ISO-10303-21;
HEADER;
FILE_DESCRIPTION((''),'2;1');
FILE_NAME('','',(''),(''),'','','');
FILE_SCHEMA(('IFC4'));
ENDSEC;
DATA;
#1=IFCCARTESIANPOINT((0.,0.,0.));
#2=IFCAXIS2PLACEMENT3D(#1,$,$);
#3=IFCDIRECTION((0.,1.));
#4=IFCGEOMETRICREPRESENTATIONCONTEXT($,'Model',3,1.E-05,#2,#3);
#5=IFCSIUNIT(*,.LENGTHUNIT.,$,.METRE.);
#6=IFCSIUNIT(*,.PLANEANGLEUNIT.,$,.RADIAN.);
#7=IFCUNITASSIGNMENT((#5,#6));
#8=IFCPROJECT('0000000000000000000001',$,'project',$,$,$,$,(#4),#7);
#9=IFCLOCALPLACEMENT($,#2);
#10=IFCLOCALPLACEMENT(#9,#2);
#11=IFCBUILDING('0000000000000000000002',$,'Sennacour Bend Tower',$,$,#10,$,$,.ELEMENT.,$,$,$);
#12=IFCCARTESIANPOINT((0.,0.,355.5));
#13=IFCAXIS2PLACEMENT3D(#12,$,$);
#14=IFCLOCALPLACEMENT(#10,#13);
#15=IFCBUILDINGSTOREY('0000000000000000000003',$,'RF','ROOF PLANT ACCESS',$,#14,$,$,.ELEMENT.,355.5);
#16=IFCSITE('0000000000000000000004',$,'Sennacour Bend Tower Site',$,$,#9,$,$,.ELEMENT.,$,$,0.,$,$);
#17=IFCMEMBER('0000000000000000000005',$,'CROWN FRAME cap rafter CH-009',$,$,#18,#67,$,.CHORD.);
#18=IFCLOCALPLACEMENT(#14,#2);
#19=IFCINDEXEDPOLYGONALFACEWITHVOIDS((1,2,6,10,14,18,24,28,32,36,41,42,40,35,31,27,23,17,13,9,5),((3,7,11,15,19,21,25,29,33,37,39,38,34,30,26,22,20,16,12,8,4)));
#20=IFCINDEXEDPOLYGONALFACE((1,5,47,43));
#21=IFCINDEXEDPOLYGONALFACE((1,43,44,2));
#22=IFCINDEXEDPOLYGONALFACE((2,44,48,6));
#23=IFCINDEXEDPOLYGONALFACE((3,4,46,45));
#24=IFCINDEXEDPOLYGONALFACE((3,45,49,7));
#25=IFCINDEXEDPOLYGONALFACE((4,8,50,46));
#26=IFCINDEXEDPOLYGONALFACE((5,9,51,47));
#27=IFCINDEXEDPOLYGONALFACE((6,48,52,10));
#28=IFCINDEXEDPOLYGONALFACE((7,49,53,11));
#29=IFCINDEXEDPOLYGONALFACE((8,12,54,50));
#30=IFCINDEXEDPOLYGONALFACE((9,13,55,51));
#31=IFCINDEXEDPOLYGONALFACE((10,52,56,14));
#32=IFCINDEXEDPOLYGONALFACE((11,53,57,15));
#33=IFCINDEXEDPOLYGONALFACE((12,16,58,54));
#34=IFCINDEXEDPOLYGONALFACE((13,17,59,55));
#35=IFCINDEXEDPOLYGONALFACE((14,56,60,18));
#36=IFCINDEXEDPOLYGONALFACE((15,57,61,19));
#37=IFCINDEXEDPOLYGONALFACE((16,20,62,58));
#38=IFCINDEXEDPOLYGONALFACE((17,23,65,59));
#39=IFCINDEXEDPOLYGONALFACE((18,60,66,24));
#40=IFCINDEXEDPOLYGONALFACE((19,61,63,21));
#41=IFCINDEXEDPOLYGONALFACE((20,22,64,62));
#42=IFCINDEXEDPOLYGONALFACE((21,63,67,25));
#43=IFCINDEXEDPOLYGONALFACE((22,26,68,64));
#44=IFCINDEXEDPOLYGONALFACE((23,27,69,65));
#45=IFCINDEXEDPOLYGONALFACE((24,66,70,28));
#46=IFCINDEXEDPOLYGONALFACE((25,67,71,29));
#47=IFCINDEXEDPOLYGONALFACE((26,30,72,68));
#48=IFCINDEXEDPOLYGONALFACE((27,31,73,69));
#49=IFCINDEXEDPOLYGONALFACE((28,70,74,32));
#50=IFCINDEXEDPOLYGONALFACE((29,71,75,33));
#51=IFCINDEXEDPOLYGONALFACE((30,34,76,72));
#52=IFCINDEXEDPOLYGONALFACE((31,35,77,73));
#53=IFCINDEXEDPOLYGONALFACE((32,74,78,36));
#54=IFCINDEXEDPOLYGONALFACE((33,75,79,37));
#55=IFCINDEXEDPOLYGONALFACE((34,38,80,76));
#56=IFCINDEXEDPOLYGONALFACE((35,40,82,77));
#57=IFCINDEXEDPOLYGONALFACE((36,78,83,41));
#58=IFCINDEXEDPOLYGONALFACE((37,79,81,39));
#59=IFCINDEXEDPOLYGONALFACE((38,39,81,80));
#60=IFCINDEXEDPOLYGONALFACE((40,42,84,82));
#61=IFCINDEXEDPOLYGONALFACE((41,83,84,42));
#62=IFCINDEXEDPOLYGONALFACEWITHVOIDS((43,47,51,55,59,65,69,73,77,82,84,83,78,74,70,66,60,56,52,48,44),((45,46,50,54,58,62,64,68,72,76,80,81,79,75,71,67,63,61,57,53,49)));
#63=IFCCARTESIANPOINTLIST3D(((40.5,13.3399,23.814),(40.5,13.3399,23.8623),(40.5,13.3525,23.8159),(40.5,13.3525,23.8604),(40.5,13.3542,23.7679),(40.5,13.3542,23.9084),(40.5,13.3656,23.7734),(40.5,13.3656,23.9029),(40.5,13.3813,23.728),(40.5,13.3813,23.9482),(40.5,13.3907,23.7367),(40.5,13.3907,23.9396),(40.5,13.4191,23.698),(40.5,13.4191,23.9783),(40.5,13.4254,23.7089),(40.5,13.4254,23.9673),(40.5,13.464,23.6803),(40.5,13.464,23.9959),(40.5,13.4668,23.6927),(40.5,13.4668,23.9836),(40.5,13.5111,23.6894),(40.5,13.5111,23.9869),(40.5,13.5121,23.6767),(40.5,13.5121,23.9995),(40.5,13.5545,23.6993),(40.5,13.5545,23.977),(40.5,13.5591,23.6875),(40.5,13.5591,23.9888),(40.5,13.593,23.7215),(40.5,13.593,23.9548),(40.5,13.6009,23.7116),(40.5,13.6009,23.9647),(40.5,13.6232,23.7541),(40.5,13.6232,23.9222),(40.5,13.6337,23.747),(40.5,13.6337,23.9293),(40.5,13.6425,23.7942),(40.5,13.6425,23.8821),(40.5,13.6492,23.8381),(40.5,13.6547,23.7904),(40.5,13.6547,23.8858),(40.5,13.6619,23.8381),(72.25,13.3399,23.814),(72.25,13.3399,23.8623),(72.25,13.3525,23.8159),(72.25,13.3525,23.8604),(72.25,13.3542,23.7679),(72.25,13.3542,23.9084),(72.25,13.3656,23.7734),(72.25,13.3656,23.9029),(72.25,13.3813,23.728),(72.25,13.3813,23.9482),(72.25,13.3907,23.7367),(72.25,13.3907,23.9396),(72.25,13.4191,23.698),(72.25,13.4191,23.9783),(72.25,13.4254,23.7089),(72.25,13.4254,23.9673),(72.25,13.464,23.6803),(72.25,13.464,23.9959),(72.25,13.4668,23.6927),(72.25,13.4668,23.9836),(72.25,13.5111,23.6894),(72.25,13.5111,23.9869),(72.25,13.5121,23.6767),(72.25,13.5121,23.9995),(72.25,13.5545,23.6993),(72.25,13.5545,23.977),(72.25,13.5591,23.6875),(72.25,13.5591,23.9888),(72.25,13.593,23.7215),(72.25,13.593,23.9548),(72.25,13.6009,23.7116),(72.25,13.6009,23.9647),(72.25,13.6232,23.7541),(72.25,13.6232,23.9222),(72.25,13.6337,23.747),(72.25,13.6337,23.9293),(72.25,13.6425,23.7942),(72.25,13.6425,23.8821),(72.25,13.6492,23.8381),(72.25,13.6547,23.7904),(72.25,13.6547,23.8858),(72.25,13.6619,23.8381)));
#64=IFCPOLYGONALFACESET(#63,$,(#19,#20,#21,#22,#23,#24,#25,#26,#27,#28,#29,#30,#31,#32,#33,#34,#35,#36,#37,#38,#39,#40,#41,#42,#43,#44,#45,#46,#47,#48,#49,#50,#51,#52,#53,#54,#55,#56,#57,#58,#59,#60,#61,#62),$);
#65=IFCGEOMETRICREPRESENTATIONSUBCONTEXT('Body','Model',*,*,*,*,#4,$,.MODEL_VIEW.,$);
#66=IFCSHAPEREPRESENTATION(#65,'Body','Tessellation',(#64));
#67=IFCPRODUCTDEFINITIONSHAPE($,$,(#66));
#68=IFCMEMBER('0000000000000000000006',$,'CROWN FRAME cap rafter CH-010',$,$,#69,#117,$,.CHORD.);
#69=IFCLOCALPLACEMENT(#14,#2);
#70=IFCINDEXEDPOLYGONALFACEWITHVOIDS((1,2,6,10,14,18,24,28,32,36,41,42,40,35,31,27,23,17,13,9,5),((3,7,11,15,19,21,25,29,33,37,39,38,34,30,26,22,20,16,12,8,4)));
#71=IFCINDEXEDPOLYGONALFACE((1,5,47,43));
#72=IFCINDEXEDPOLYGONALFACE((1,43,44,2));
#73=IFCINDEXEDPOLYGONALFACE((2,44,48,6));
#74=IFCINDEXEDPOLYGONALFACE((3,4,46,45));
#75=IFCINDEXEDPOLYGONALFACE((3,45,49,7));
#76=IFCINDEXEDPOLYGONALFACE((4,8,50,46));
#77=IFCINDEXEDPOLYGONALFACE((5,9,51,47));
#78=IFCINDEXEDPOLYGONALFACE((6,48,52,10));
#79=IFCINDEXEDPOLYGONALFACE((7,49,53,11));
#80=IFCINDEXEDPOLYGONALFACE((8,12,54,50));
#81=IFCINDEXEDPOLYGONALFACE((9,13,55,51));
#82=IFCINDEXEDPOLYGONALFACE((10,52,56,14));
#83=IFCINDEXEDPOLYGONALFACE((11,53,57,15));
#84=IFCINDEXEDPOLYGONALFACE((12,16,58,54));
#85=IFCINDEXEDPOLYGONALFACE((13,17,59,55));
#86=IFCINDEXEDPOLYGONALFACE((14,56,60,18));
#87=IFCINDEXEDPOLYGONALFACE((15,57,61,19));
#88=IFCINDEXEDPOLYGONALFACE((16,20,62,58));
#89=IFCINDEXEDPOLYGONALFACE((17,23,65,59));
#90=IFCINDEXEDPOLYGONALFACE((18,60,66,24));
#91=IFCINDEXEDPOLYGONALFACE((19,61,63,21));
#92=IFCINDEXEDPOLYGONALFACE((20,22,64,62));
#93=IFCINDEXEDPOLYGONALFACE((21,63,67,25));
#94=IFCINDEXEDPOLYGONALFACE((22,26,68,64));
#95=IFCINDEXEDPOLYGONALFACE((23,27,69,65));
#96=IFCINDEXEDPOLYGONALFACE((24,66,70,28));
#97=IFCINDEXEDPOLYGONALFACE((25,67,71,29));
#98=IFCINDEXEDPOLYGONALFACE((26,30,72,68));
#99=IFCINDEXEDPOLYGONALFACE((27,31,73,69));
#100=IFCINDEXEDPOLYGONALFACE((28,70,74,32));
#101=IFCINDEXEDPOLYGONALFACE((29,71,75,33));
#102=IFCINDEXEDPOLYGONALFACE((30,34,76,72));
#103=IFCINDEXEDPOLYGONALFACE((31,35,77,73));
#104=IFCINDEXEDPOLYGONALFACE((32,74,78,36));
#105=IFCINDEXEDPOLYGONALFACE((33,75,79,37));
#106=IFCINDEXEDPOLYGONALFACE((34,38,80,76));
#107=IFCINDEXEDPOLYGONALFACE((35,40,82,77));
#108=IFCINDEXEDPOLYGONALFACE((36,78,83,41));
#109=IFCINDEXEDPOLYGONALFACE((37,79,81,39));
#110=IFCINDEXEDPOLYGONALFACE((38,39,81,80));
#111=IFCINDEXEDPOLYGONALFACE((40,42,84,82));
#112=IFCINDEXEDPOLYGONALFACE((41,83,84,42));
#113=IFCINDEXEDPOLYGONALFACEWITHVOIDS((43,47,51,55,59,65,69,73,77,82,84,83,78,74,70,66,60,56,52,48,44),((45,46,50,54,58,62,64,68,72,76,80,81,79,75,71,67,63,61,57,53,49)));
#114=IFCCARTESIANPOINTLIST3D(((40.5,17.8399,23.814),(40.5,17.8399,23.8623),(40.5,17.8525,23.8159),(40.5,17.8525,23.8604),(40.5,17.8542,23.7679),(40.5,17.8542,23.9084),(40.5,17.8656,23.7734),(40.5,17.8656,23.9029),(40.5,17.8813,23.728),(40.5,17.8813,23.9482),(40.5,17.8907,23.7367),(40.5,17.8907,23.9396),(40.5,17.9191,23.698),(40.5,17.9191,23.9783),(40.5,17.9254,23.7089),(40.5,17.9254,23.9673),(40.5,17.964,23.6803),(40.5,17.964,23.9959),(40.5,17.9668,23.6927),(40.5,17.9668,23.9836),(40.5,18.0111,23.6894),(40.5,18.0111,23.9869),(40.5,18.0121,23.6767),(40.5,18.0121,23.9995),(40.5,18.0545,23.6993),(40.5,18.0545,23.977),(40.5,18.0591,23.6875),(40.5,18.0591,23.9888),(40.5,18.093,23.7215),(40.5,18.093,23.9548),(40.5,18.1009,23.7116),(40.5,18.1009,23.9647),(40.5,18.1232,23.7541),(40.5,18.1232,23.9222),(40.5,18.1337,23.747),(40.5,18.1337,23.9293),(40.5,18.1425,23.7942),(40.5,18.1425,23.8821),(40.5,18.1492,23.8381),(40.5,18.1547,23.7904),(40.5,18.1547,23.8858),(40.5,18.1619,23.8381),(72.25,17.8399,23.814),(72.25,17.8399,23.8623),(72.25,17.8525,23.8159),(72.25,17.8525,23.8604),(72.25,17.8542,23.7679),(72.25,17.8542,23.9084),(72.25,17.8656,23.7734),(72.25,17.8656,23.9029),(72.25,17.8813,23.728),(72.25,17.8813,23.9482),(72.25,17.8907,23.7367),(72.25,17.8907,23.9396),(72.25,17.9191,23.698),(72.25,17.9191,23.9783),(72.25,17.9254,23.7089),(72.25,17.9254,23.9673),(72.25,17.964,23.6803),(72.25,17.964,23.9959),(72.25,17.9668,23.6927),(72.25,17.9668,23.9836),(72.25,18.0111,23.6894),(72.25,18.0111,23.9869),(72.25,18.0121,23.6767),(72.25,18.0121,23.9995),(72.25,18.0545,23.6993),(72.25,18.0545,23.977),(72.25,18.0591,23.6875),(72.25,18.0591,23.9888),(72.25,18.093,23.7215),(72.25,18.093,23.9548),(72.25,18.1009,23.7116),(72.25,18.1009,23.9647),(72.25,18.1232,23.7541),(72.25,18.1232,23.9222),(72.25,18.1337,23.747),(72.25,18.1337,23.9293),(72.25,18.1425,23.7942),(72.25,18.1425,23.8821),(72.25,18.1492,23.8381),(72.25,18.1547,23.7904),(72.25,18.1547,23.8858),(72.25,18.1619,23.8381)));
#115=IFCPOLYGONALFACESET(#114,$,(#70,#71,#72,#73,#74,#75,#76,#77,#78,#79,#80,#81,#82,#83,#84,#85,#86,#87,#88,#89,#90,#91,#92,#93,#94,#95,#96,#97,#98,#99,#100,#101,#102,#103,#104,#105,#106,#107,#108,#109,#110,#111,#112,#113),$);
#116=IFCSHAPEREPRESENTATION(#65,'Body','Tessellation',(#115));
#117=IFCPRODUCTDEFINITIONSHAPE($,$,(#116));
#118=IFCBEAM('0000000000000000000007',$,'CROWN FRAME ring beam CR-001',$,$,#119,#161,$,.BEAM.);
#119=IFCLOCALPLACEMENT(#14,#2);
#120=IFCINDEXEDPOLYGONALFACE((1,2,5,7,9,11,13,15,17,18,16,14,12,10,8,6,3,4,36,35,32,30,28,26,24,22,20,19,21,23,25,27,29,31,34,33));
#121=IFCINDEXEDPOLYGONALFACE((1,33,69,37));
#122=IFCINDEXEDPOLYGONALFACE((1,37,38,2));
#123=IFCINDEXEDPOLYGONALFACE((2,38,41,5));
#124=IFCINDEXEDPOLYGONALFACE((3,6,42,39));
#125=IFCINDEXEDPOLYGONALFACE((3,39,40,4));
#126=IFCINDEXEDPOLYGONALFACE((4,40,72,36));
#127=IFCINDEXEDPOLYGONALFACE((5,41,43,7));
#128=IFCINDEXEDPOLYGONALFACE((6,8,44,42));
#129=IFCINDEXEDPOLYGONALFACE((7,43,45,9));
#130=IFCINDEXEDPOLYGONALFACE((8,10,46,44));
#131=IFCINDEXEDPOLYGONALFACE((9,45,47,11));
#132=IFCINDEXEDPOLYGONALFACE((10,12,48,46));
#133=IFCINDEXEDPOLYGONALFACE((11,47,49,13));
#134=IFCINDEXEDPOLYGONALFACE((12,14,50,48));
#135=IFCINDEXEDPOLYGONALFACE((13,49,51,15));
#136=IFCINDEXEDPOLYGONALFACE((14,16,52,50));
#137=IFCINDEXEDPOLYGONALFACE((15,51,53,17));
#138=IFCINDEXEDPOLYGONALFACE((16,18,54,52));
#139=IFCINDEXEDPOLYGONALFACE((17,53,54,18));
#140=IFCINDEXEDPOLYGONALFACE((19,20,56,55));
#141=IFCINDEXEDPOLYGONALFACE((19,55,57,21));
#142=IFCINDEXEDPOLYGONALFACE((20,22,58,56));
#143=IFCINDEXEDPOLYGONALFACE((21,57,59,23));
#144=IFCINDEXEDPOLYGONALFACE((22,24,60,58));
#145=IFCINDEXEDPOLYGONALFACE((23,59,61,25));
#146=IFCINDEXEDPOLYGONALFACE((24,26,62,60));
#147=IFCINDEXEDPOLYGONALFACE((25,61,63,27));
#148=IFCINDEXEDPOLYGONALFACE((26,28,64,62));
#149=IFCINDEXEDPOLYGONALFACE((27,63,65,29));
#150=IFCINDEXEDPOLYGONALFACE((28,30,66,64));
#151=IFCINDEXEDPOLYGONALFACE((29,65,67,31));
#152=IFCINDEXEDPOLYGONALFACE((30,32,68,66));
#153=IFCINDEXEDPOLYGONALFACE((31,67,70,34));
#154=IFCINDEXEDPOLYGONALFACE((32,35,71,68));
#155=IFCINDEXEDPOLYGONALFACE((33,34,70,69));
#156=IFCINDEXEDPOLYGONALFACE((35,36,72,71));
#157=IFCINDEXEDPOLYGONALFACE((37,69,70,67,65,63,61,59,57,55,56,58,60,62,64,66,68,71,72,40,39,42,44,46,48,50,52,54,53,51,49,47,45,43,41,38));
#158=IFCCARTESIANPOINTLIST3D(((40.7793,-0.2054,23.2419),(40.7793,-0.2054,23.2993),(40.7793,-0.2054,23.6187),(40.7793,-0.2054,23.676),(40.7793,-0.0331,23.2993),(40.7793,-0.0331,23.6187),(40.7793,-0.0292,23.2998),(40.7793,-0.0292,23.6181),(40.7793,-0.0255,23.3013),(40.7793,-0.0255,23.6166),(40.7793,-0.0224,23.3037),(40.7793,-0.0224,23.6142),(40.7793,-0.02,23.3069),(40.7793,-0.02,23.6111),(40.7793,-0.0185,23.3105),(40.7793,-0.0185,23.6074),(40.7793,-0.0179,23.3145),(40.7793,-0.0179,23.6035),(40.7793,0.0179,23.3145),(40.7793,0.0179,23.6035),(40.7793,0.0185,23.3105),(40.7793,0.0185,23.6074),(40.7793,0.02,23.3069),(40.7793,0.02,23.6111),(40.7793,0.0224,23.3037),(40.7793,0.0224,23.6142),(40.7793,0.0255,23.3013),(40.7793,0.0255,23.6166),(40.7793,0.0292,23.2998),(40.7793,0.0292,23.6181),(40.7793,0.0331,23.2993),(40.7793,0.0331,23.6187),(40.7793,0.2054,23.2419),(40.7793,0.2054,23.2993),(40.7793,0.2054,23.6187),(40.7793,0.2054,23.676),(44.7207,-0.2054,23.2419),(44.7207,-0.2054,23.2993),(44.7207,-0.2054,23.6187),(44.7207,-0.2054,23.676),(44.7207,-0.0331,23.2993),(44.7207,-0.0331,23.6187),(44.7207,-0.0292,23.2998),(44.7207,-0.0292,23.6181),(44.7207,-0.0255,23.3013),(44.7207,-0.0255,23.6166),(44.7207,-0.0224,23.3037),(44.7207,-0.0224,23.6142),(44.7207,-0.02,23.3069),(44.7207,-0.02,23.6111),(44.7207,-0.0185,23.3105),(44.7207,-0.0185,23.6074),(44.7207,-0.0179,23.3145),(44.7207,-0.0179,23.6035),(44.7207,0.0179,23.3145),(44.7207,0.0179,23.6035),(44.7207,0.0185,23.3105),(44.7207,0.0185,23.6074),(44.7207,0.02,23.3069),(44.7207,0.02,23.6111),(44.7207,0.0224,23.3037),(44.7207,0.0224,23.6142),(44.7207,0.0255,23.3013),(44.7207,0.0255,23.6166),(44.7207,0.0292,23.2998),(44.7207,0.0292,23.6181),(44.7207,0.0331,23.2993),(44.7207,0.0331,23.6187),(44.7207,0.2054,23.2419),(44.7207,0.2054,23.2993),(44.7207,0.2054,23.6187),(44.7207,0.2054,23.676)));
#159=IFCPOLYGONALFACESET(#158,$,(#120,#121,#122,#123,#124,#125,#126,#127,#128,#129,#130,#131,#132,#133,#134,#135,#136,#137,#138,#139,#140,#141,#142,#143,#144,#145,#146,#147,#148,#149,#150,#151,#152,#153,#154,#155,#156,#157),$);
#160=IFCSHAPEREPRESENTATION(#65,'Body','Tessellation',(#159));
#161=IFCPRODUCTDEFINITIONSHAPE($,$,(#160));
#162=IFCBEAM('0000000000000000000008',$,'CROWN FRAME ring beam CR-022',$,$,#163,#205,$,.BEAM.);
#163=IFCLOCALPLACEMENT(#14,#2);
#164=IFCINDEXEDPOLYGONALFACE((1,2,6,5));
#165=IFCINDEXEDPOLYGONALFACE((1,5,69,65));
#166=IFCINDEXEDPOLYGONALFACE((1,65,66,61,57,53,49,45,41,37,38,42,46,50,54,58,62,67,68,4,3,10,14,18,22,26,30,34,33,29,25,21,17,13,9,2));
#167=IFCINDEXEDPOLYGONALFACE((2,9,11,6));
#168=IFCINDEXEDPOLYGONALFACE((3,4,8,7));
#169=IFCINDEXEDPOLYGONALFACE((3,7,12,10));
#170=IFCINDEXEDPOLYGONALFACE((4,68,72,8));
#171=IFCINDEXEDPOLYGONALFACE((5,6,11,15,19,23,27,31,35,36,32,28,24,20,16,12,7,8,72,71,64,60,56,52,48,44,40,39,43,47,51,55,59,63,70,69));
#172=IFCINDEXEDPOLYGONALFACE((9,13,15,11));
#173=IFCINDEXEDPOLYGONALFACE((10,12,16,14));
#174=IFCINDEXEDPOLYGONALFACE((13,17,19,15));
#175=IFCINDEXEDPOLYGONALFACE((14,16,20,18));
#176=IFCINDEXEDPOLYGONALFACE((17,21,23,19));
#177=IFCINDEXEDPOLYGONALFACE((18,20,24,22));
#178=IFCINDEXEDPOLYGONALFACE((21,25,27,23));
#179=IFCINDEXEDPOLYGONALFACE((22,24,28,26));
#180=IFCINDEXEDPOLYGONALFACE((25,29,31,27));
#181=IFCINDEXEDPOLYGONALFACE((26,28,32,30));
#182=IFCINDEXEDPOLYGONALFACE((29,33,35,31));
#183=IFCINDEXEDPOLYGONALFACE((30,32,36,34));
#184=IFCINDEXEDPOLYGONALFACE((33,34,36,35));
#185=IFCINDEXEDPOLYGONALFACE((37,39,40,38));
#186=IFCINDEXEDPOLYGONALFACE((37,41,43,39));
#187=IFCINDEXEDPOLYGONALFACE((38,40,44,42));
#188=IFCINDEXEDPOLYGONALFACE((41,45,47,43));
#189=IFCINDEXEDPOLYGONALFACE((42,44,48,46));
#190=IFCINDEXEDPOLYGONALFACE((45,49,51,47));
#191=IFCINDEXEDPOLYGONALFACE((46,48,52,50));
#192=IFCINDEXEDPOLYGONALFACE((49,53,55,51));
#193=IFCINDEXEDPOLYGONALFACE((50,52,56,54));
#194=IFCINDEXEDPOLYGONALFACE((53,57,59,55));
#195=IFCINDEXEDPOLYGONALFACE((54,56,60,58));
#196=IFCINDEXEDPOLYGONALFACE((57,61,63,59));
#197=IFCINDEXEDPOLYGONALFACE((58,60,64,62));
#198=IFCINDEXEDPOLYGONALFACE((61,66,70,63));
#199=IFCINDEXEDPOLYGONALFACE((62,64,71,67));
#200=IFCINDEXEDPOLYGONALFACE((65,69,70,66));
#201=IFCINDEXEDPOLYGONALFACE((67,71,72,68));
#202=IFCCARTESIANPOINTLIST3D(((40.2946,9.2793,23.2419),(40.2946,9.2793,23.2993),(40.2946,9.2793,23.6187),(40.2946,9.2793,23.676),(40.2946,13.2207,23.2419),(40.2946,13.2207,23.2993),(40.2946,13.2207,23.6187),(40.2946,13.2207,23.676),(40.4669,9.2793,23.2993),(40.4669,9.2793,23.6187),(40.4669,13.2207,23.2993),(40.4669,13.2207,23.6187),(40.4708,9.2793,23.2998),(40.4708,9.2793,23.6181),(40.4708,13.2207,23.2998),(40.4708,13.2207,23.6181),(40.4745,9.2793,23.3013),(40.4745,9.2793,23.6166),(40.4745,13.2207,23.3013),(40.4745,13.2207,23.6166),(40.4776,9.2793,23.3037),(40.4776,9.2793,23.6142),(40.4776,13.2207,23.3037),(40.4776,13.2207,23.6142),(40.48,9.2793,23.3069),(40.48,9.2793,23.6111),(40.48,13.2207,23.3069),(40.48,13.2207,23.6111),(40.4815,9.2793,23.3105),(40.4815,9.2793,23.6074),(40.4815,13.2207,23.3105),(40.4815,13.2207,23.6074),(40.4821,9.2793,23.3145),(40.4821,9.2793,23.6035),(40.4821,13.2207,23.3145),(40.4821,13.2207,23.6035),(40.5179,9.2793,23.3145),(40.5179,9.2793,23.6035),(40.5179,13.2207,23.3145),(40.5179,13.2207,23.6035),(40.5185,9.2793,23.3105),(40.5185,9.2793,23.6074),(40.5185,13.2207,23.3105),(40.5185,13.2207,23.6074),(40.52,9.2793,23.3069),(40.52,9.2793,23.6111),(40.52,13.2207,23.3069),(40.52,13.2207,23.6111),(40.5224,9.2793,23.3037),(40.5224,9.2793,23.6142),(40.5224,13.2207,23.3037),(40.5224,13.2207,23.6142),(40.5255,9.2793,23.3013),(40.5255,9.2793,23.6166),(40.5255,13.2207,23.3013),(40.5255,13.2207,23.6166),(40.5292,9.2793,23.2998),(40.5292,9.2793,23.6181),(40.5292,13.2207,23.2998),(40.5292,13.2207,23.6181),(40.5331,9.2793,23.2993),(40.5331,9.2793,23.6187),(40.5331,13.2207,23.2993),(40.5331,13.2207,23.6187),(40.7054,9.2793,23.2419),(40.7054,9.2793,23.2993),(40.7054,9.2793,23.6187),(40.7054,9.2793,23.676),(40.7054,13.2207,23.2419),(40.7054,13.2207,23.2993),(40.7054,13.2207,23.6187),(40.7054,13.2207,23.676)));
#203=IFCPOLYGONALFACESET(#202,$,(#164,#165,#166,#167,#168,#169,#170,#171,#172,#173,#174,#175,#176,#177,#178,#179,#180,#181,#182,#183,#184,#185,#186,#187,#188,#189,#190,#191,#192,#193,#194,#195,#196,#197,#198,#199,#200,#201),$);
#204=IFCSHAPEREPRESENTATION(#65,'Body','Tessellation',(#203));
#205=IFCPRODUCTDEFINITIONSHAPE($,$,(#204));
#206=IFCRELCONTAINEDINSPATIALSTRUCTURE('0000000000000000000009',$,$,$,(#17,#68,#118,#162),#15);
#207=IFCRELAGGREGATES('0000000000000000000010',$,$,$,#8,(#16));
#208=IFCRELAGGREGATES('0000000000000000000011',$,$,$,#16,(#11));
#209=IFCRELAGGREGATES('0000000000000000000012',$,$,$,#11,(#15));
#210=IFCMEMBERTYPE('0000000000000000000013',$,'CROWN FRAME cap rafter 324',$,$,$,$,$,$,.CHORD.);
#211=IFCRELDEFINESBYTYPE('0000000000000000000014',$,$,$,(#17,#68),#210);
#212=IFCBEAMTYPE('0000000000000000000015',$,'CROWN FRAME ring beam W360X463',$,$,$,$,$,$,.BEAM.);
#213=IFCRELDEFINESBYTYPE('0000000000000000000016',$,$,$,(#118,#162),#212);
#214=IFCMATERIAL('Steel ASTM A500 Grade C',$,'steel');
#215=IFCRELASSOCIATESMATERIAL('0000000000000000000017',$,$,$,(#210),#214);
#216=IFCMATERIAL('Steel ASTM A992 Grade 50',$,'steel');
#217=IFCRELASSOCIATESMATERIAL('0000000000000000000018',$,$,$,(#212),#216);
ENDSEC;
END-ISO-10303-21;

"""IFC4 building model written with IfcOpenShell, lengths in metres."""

from ifc_helpers import new_model, si_unit, direction, frame, origin, origin_2d, place, context, subcontext, project, spatial, hollow_circle, i_section, extrude, material, material_profile, profile_set, type_object, element, save


model = new_model("IFC4")

# Units and contexts
model_context = context("Model", 3, precision=1e-05, world=origin(), true_north=direction((0.0, 1.0)))
body_context = subcontext(model_context, "Body", "Model", "MODEL_VIEW")
ifc_project = project(units=[si_unit("LENGTHUNIT", "METRE"), si_unit("PLANEANGLEUNIT", "RADIAN")], contexts=[model_context])

# Site, building, storey
site_placement = place(None, origin())
site = spatial("IfcSite", under=ifc_project, at=site_placement, Name="Sennacour Bend Tower Site", CompositionType="ELEMENT", RefElevation=0.0)
building_placement = place(site_placement, origin())
building = spatial("IfcBuilding", under=site, at=building_placement, Name="Sennacour Bend Tower", CompositionType="ELEMENT")
storey_placement = place(building_placement, frame((0.0, 0.0, 355.5)))
storey = spatial("IfcBuildingStorey", under=building, at=storey_placement, Name="RF", Description="ROOF PLANT ACCESS", CompositionType="ELEMENT", Elevation=355.5)

# Members
ifc_material_1 = material(Name="Steel ASTM A500 Grade C", Category="steel")
ifc_material_profile_1 = material_profile(ifc_material_1, hollow_circle(Radius=0.1619, WallThickness=0.0127, at=origin_2d()), Name="Steel ASTM A500 Grade C", Category="steel")
ifc_profile_set_1 = profile_set([ifc_material_profile_1], Name="Steel ASTM A500 Grade C")
member_type_1 = type_object("IfcMemberType", Name="CROWN FRAME cap rafter 324", PredefinedType="CHORD", material=ifc_profile_set_1)
for number, where, z_axis, x_axis, name in (
    (1, (40.5, 13.5, 23.8381), (1.0, 0.0, 0.0), (0.0, 1.0, 0.0), "CROWN FRAME cap rafter CH-009"),
    (2, (40.5, 18.0, 23.8381), (1.0, 0.0, 0.0), (0.0, 1.0, 0.0), "CROWN FRAME cap rafter CH-010"),
):
    element("IfcMember", number, at=place(storey_placement, frame(where, z_axis=z_axis, x_axis=x_axis)), inside=storey, type_object=member_type_1, Name=name, PredefinedType="CHORD", context=body_context, shape_type="SweptSolid", body=[
        extrude(hollow_circle(Radius=0.1619, WallThickness=0.0127, at=origin_2d()), origin(), (0.0, 0.0, 1.0), 31.75),
    ])

# Beams
ifc_material_2 = material(Name="Steel ASTM A992 Grade 50", Category="steel")
ifc_material_profile_2 = material_profile(ifc_material_2, i_section(OverallWidth=0.4109, OverallDepth=0.4341, WebThickness=0.0359, FlangeThickness=0.0574, FilletRadius=0.0151, at=origin_2d()), Name="Steel ASTM A992 Grade 50", Category="steel")
ifc_profile_set_2 = profile_set([ifc_material_profile_2], Name="Steel ASTM A992 Grade 50")
beam_type = type_object("IfcBeamType", Name="CROWN FRAME ring beam W360X463", PredefinedType="BEAM", material=ifc_profile_set_2)
for number, where, z_axis, x_axis, name in (
    (3, (40.7793, 0.0, 23.459), (1.0, 0.0, 0.0), (0.0, 1.0, 0.0), "CROWN FRAME ring beam CR-001"),
    (4, (40.5, 13.2207, 23.459), (0.0, -1.0, 0.0), (1.0, 0.0, 0.0), "CROWN FRAME ring beam CR-022"),
):
    element("IfcBeam", number, at=place(storey_placement, frame(where, z_axis=z_axis, x_axis=x_axis)), inside=storey, type_object=beam_type, Name=name, PredefinedType="BEAM", context=body_context, shape_type="SweptSolid", body=[
        extrude(i_section(OverallWidth=0.4109, OverallDepth=0.4341, WebThickness=0.0359, FlangeThickness=0.0574, FilletRadius=0.0151, at=origin_2d()), origin(), (0.0, 0.0, 1.0), 3.9414),
    ])

save(model, "model.ifc")
